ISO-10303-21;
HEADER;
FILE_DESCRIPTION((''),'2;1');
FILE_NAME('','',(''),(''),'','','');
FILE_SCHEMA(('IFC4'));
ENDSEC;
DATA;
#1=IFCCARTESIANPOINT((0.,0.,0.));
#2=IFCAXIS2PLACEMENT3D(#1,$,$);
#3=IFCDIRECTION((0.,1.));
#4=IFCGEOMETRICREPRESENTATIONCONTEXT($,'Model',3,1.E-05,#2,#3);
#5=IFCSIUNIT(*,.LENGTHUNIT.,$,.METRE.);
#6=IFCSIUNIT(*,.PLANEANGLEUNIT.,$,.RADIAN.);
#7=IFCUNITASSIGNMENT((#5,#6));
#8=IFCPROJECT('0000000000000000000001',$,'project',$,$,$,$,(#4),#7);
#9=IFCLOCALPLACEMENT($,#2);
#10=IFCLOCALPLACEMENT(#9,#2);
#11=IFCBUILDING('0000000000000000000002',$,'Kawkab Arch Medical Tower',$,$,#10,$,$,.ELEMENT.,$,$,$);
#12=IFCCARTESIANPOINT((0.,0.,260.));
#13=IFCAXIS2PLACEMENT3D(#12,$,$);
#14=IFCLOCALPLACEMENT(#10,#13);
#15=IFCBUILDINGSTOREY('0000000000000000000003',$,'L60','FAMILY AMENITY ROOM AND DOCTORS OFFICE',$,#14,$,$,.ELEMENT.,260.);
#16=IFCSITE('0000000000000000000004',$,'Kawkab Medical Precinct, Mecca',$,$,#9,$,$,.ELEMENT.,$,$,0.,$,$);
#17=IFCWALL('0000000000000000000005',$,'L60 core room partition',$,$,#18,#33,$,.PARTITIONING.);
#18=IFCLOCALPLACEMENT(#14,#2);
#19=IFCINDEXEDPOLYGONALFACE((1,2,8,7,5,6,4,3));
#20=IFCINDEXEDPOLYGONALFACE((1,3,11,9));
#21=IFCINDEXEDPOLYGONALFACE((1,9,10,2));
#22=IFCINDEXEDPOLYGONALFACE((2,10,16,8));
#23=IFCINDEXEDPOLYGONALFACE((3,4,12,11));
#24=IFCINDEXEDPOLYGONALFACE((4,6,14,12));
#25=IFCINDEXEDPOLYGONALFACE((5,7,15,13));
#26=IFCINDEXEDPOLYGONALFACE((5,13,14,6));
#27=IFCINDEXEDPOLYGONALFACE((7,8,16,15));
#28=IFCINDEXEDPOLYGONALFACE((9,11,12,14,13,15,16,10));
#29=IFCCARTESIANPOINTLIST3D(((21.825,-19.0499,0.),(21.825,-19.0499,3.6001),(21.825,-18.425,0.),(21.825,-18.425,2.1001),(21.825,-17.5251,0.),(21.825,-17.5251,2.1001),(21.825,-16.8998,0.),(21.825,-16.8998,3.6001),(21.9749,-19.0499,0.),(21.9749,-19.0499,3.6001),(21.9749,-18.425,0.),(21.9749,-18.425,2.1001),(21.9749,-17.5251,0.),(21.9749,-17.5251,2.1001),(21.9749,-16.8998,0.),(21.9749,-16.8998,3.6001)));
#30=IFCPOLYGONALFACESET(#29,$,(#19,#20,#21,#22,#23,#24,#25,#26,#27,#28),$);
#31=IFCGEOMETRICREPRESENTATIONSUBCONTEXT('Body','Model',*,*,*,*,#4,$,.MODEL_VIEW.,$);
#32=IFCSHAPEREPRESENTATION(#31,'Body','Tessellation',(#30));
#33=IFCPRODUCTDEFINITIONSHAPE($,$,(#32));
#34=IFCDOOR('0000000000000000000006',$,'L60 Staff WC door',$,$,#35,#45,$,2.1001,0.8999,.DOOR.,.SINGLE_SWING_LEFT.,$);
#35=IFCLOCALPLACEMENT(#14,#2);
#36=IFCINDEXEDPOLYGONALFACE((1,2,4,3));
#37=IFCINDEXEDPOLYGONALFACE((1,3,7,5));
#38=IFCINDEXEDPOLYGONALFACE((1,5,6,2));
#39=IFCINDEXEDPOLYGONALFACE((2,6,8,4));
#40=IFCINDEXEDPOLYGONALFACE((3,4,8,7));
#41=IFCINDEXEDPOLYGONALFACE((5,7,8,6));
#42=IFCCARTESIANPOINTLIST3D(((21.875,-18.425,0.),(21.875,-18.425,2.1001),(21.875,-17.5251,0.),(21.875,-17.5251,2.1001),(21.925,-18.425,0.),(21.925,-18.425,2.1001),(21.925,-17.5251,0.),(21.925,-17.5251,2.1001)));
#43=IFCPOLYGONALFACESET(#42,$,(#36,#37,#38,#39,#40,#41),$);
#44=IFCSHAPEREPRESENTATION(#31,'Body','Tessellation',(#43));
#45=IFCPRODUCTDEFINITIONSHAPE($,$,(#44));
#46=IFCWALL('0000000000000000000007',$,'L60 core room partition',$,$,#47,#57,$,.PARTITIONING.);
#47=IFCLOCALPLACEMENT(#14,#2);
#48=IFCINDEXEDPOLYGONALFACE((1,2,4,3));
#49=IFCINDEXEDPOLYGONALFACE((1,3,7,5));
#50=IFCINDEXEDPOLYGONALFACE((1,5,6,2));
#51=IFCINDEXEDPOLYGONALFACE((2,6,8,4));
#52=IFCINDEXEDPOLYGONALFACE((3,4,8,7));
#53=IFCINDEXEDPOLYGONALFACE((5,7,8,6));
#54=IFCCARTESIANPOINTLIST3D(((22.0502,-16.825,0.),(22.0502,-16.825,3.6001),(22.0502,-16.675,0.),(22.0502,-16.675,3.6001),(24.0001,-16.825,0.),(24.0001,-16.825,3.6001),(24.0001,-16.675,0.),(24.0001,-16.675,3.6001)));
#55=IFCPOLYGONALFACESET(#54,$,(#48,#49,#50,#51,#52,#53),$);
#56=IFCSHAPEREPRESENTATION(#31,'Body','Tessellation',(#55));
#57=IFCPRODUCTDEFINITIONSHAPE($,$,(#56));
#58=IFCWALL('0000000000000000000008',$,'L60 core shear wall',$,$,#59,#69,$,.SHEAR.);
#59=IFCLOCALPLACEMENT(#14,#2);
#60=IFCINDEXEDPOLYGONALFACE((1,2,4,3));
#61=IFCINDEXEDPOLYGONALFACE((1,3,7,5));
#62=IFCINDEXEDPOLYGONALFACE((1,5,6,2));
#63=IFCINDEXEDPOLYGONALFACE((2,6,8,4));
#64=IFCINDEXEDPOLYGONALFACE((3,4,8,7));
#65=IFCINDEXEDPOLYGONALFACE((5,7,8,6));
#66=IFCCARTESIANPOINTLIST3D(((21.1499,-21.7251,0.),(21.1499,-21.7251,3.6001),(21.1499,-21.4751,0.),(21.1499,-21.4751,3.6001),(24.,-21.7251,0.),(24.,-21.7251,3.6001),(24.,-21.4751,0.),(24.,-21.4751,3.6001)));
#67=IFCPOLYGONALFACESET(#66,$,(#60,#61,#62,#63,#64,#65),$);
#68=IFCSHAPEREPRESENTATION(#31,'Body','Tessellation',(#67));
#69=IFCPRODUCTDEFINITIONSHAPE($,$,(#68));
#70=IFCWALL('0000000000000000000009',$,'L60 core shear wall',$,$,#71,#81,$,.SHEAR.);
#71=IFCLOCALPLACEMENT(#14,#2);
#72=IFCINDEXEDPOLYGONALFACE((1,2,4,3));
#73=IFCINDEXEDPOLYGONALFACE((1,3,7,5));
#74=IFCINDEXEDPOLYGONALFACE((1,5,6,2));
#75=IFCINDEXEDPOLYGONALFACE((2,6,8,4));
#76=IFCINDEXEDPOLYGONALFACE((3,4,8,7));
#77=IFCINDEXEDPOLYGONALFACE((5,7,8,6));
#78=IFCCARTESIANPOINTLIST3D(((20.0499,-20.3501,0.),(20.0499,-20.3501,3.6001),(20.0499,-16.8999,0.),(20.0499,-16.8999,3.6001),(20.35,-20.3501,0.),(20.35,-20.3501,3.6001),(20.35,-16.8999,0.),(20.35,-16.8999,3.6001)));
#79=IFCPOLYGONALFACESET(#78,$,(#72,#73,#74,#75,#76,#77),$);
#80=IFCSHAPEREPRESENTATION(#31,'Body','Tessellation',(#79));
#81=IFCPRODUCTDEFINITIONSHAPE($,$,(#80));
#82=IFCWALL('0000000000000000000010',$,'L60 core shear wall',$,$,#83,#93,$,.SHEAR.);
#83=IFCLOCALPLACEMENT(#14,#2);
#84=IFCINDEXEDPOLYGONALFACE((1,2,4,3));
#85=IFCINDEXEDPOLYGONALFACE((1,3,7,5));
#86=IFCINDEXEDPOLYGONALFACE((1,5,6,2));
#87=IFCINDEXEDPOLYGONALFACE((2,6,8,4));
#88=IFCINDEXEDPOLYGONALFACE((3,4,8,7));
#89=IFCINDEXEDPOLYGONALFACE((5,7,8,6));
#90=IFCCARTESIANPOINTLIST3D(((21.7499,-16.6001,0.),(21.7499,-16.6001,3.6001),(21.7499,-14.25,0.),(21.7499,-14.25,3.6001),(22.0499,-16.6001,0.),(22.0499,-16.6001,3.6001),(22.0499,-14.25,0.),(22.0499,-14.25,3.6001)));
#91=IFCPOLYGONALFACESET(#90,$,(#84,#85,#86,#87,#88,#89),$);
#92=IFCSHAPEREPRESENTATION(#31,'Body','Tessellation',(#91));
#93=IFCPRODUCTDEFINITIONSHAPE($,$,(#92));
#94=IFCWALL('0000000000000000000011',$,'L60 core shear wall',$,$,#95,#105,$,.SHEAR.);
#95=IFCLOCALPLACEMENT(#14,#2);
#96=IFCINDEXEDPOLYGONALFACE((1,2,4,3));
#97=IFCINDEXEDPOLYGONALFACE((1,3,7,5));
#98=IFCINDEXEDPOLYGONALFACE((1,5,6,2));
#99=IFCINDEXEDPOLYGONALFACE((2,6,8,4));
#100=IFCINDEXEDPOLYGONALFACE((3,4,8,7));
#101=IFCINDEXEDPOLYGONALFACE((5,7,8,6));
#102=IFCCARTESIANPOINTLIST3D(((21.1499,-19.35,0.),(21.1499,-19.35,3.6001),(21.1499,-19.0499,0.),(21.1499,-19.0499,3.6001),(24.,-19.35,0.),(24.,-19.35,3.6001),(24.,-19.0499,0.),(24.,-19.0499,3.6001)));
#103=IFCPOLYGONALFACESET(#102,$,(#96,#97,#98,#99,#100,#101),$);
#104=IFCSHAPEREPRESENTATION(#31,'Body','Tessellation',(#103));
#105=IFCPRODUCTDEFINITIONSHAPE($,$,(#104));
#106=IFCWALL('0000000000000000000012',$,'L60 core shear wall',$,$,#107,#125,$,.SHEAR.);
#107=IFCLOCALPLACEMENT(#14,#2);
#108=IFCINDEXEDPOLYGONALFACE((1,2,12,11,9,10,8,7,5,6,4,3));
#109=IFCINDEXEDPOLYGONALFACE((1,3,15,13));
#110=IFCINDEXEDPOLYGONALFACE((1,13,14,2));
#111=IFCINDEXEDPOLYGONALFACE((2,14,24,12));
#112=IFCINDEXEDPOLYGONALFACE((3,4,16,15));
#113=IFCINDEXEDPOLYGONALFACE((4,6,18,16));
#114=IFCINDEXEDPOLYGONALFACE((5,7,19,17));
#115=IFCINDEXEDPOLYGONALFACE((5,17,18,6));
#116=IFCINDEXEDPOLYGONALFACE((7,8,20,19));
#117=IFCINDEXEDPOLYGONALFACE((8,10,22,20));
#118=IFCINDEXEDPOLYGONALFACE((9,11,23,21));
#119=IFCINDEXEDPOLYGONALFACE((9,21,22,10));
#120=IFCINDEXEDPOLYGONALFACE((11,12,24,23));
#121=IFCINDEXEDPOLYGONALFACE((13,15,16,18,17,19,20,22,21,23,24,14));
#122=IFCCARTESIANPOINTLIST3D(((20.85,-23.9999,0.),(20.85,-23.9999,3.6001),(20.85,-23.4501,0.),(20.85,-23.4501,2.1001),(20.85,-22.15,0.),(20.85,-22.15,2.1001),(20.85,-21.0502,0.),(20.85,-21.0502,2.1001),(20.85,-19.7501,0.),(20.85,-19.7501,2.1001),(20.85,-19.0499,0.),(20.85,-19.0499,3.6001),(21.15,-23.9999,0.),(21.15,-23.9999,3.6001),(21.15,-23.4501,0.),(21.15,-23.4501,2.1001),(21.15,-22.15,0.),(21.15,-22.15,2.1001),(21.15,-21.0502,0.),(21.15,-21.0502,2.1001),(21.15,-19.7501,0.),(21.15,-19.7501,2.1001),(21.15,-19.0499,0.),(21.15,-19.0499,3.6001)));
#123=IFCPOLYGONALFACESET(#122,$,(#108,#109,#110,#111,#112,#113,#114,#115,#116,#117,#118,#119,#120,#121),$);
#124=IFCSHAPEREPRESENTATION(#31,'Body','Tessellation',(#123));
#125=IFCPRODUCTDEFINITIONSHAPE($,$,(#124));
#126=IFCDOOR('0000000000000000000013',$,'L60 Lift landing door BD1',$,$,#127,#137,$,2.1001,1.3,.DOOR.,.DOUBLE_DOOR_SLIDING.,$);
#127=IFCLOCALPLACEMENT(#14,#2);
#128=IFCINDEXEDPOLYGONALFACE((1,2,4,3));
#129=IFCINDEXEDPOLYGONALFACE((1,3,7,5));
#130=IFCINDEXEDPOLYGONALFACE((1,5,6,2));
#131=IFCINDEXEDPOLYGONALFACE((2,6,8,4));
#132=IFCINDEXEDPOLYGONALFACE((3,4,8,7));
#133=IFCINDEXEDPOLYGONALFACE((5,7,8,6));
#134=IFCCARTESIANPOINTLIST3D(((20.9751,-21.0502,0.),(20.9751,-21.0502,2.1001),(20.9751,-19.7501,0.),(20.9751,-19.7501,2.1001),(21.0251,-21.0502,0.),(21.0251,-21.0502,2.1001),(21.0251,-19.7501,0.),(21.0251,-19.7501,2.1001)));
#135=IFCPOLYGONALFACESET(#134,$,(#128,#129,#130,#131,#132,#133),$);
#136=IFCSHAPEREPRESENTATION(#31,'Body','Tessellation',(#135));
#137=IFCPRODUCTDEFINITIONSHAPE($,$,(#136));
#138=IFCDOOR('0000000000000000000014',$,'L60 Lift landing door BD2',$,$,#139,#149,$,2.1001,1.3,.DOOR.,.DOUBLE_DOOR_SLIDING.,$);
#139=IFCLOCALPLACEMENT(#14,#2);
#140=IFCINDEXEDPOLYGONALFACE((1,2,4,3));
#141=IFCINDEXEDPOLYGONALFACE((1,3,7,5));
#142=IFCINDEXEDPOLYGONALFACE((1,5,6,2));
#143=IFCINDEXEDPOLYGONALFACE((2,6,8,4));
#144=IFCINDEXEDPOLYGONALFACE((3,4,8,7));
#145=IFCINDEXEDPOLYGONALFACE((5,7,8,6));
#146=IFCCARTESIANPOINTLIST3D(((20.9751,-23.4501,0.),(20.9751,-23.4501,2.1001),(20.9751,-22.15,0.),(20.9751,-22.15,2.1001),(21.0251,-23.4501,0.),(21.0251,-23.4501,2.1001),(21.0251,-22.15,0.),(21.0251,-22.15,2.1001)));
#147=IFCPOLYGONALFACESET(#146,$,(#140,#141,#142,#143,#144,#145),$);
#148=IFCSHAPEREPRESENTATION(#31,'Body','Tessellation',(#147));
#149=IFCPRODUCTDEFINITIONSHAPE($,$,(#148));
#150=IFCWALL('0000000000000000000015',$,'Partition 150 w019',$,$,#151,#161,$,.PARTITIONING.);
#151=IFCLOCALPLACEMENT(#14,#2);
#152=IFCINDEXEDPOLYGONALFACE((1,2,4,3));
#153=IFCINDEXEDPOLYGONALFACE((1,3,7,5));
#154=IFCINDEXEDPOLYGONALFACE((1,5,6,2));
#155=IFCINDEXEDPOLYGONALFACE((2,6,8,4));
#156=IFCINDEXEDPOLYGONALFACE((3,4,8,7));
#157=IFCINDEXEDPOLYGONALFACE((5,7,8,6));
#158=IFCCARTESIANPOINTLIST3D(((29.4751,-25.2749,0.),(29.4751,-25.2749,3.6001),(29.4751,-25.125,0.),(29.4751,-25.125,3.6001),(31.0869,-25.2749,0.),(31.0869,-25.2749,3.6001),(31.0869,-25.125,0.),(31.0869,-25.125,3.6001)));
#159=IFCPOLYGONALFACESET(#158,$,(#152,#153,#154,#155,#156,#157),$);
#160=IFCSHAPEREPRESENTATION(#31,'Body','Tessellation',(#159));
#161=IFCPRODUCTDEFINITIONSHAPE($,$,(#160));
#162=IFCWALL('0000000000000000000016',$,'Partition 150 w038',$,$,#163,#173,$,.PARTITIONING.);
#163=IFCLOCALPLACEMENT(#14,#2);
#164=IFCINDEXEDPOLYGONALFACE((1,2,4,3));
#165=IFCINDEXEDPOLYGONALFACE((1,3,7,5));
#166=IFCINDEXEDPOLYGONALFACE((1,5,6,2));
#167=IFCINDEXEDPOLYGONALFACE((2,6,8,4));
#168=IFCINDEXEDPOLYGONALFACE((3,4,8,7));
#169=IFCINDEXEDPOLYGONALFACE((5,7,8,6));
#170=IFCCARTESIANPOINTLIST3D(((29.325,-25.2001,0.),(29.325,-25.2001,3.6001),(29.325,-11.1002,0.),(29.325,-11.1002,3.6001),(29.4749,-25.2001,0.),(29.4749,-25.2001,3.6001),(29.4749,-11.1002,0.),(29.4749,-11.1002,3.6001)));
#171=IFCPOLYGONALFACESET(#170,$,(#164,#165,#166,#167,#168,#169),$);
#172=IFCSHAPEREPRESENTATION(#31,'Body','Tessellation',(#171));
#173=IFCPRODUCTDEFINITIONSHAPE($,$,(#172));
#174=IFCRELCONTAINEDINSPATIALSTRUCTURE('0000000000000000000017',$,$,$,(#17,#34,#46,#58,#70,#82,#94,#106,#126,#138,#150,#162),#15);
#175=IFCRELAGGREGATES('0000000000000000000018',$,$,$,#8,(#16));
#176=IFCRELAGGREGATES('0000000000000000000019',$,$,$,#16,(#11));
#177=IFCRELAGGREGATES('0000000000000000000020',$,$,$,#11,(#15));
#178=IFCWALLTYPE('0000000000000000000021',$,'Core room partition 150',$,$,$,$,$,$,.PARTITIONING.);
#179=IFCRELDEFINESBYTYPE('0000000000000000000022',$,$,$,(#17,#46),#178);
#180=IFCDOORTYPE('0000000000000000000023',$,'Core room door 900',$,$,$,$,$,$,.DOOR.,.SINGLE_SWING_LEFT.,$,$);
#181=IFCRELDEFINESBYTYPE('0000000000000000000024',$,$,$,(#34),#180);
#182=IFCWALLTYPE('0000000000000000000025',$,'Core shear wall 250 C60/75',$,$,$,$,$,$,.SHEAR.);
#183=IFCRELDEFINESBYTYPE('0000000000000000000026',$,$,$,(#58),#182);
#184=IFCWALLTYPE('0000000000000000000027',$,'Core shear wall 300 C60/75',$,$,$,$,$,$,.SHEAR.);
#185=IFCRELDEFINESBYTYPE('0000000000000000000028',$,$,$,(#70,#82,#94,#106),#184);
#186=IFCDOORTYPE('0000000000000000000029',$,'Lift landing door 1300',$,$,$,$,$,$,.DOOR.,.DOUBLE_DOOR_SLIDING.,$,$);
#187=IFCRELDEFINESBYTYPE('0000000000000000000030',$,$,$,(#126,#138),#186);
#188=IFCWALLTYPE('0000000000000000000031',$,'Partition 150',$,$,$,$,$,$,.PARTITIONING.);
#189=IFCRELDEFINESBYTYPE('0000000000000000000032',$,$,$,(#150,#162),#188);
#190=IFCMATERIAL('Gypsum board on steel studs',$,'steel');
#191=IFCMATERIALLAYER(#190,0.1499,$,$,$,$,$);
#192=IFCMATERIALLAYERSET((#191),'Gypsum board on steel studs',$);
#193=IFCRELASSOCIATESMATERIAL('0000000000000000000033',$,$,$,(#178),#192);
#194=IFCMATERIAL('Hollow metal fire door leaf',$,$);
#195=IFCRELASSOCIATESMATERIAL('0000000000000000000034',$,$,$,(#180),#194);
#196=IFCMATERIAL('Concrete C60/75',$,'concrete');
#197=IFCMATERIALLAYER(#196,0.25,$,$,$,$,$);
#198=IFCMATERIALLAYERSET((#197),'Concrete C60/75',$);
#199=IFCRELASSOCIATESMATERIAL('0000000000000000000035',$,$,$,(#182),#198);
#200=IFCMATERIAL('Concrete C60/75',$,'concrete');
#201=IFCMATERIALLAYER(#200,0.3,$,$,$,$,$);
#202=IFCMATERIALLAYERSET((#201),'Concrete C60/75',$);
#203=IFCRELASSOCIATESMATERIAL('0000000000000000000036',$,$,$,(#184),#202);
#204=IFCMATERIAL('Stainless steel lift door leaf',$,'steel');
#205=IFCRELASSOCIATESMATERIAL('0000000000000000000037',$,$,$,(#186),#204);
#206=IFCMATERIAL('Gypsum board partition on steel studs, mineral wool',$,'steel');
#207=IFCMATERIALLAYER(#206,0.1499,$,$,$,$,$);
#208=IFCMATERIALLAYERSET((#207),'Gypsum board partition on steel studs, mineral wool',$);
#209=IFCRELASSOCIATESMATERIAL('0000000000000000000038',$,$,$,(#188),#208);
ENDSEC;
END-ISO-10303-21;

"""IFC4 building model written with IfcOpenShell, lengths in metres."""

from ifc_helpers import new_model, si_unit, direction, frame, frame_2d, origin, place, context, subcontext, project, spatial, rectangle, extrude, material, layer, layer_set, type_object, element, fill, save


model = new_model("IFC4")

# Units and contexts
model_context = context("Model", 3, precision=1e-05, world=origin(), true_north=direction((0.0, 1.0)))
body_context = subcontext(model_context, "Body", "Model", "MODEL_VIEW")
ifc_project = project(units=[si_unit("LENGTHUNIT", "METRE"), si_unit("PLANEANGLEUNIT", "RADIAN")], contexts=[model_context])

# Site, building, storey
site_placement = place(None, origin())
site = spatial("IfcSite", under=ifc_project, at=site_placement, Name="Kawkab Medical Precinct, Mecca", CompositionType="ELEMENT", RefElevation=0.0)
building_placement = place(site_placement, origin())
building = spatial("IfcBuilding", under=site, at=building_placement, Name="Kawkab Arch Medical Tower", CompositionType="ELEMENT")
storey_placement = place(building_placement, frame((0.0, 0.0, 260.0)))
storey = spatial("IfcBuildingStorey", under=building, at=storey_placement, Name="L60", Description="FAMILY AMENITY ROOM AND DOCTORS OFFICE", CompositionType="ELEMENT", Elevation=260.0)

# Wall, opening, door
ifc_material_1 = material(Name="Gypsum board on steel studs", Category="steel")
ifc_layer_1 = layer(ifc_material_1, 0.1499)
ifc_layer_set_1 = layer_set([ifc_layer_1], Name="Gypsum board on steel studs")
wall_type_1 = type_object("IfcWallType", Name="Core room partition 150", PredefinedType="PARTITIONING", material=ifc_layer_set_1)
wall_1_placement = place(storey_placement, frame((21.8999, -19.05, 0.0), z_axis=(0.0, 0.0, 1.0), x_axis=(0.0, 1.0, 0.0)))
wall_1 = element("IfcWall", 1, at=wall_1_placement, inside=storey, type_object=wall_type_1, Name="L60 core room partition", PredefinedType="PARTITIONING", context=body_context, shape_type="SweptSolid", body=[
    extrude(rectangle(XDim=2.1501, YDim=0.1499, at=frame_2d((1.0752, 0.0))), origin(), (0.0, 0.0, 1.0), 3.6001),
])
opening_1_placement = place(wall_1_placement, frame((0.625, 0.0, 0.0)))
opening_1 = element("IfcOpeningElement", 2, at=opening_1_placement, cuts=wall_1, PredefinedType="OPENING", context=body_context, shape_type="SweptSolid", body=[
    extrude(rectangle(XDim=0.8999, YDim=2.1001, at=frame_2d((0.45, 1.05))), frame((0.0, 0.085, 0.0), z_axis=(0.0, -1.0, 0.0), x_axis=(1.0, 0.0, 0.0)), (0.0, 0.0, 1.0), 0.1699),
])
ifc_material_2 = material(Name="Hollow metal fire door leaf")
door_type_1 = type_object("IfcDoorType", Name="Core room door 900", OperationType="SINGLE_SWING_LEFT", PredefinedType="DOOR", material=ifc_material_2)
door_1_placement = place(opening_1_placement, origin())
door_1 = element("IfcDoor", 3, at=door_1_placement, inside=storey, type_object=door_type_1, Name="L60 Staff WC door", OperationType="SINGLE_SWING_LEFT", OverallHeight=2.1001, OverallWidth=0.8999, PredefinedType="DOOR", context=body_context, shape_type="SweptSolid", body=[
    extrude(rectangle(XDim=0.8999, YDim=2.1001, at=frame_2d((0.45, 1.05))), frame((0.0, 0.0249, 0.0), z_axis=(0.0, -1.0, 0.0), x_axis=(1.0, 0.0, 0.0)), (0.0, 0.0, 1.0), 0.05),
])
fill(opening_1, door_1)

# Walls
wall_2_placement = place(storey_placement, frame((22.05, -16.75, 0.0), z_axis=(0.0, 0.0, 1.0), x_axis=(1.0, 0.0, 0.0)))
element("IfcWall", 4, at=wall_2_placement, inside=storey, type_object=wall_type_1, Name="L60 core room partition", PredefinedType="PARTITIONING", context=body_context, shape_type="SweptSolid", body=[
    extrude(rectangle(XDim=1.95, YDim=0.1499, at=frame_2d((0.9751, 0.0))), origin(), (0.0, 0.0, 1.0), 3.6001),
])
ifc_material_3 = material(Name="Concrete C60/75", Category="concrete")
ifc_layer_2 = layer(ifc_material_3, 0.25)
ifc_layer_set_2 = layer_set([ifc_layer_2], Name="Concrete C60/75")
wall_type_2 = type_object("IfcWallType", Name="Core shear wall 250 C60/75", PredefinedType="SHEAR", material=ifc_layer_set_2)
wall_3_placement = place(storey_placement, frame((21.1499, -21.6001, 0.0), z_axis=(0.0, 0.0, 1.0), x_axis=(1.0, 0.0, 0.0)))
element("IfcWall", 5, at=wall_3_placement, inside=storey, type_object=wall_type_2, Name="L60 core shear wall", PredefinedType="SHEAR", context=body_context, shape_type="SweptSolid", body=[
    extrude(rectangle(XDim=2.8501, YDim=0.25, at=frame_2d((1.425, 0.0))), origin(), (0.0, 0.0, 1.0), 3.6001),
])
ifc_material_4 = material(Name="Concrete C60/75", Category="concrete")
ifc_layer_3 = layer(ifc_material_4, 0.3)
ifc_layer_set_3 = layer_set([ifc_layer_3], Name="Concrete C60/75")
wall_type_3 = type_object("IfcWallType", Name="Core shear wall 300 C60/75", PredefinedType="SHEAR", material=ifc_layer_set_3)
wall_4_placement = place(storey_placement, frame((20.2, -20.3501, 0.0), z_axis=(0.0, 0.0, 1.0), x_axis=(0.0, 1.0, 0.0)))
element("IfcWall", 6, at=wall_4_placement, inside=storey, type_object=wall_type_3, Name="L60 core shear wall", PredefinedType="SHEAR", context=body_context, shape_type="SweptSolid", body=[
    extrude(rectangle(XDim=3.4502, YDim=0.3, at=frame_2d((1.7251, 0.0))), origin(), (0.0, 0.0, 1.0), 3.6001),
])
wall_5_placement = place(storey_placement, frame((21.8999, -16.6001, 0.0), z_axis=(0.0, 0.0, 1.0), x_axis=(0.0, 1.0, 0.0)))
element("IfcWall", 7, at=wall_5_placement, inside=storey, type_object=wall_type_3, Name="L60 core shear wall", PredefinedType="SHEAR", context=body_context, shape_type="SweptSolid", body=[
    extrude(rectangle(XDim=2.3501, YDim=0.3, at=frame_2d((1.175, 0.0))), origin(), (0.0, 0.0, 1.0), 3.6001),
])
wall_6_placement = place(storey_placement, frame((21.1499, -19.2, 0.0), z_axis=(0.0, 0.0, 1.0), x_axis=(1.0, 0.0, 0.0)))
element("IfcWall", 8, at=wall_6_placement, inside=storey, type_object=wall_type_3, Name="L60 core shear wall", PredefinedType="SHEAR", context=body_context, shape_type="SweptSolid", body=[
    extrude(rectangle(XDim=2.8501, YDim=0.3, at=frame_2d((1.425, 0.0))), origin(), (0.0, 0.0, 1.0), 3.6001),
])

# Wall, openings, doors
wall_7_placement = place(storey_placement, frame((21.0, -24.0, 0.0), z_axis=(0.0, 0.0, 1.0), x_axis=(0.0, 1.0, 0.0)))
wall_7 = element("IfcWall", 9, at=wall_7_placement, inside=storey, type_object=wall_type_3, Name="L60 core shear wall", PredefinedType="SHEAR", context=body_context, shape_type="SweptSolid", body=[
    extrude(rectangle(XDim=4.95, YDim=0.3, at=frame_2d((2.4751, 0.0))), origin(), (0.0, 0.0, 1.0), 3.6001),
])
opening_2_placement = place(wall_7_placement, frame((2.95, 0.0, 0.0)))
opening_2 = element("IfcOpeningElement", 10, at=opening_2_placement, cuts=wall_7, PredefinedType="OPENING", context=body_context, shape_type="SweptSolid", body=[
    extrude(rectangle(XDim=1.3, YDim=2.1001, at=frame_2d((0.6499, 1.05))), frame((0.0, 0.1599, 0.0), z_axis=(0.0, -1.0, 0.0), x_axis=(1.0, 0.0, 0.0)), (0.0, 0.0, 1.0), 0.3201),
])
opening_3_placement = place(wall_7_placement, frame((0.55, 0.0, 0.0)))
opening_3 = element("IfcOpeningElement", 11, at=opening_3_placement, cuts=wall_7, PredefinedType="OPENING", context=body_context, shape_type="SweptSolid", body=[
    extrude(rectangle(XDim=1.3, YDim=2.1001, at=frame_2d((0.6499, 1.05))), frame((0.0, 0.1599, 0.0), z_axis=(0.0, -1.0, 0.0), x_axis=(1.0, 0.0, 0.0)), (0.0, 0.0, 1.0), 0.3201),
])
ifc_material_5 = material(Name="Stainless steel lift door leaf", Category="steel")
door_type_2 = type_object("IfcDoorType", Name="Lift landing door 1300", OperationType="DOUBLE_DOOR_SLIDING", PredefinedType="DOOR", material=ifc_material_5)
door_2_placement = place(opening_2_placement, origin())
door_2 = element("IfcDoor", 12, at=door_2_placement, inside=storey, type_object=door_type_2, Name="L60 Lift landing door BD1", OperationType="DOUBLE_DOOR_SLIDING", OverallHeight=2.1001, OverallWidth=1.3, PredefinedType="DOOR", context=body_context, shape_type="SweptSolid", body=[
    extrude(rectangle(XDim=1.3, YDim=2.1001, at=frame_2d((0.6499, 1.05))), frame((0.0, 0.0249, 0.0), z_axis=(0.0, -1.0, 0.0), x_axis=(1.0, 0.0, 0.0)), (0.0, 0.0, 1.0), 0.05),
])
fill(opening_2, door_2)
door_3_placement = place(opening_3_placement, origin())
door_3 = element("IfcDoor", 13, at=door_3_placement, inside=storey, type_object=door_type_2, Name="L60 Lift landing door BD2", OperationType="DOUBLE_DOOR_SLIDING", OverallHeight=2.1001, OverallWidth=1.3, PredefinedType="DOOR", context=body_context, shape_type="SweptSolid", body=[
    extrude(rectangle(XDim=1.3, YDim=2.1001, at=frame_2d((0.6499, 1.05))), frame((0.0, 0.0249, 0.0), z_axis=(0.0, -1.0, 0.0), x_axis=(1.0, 0.0, 0.0)), (0.0, 0.0, 1.0), 0.05),
])
fill(opening_3, door_3)

# Walls
ifc_material_6 = material(Name="Gypsum board partition on steel studs, mineral wool", Category="steel")
ifc_layer_4 = layer(ifc_material_6, 0.1499)
ifc_layer_set_4 = layer_set([ifc_layer_4], Name="Gypsum board partition on steel studs, mineral wool")
wall_type_4 = type_object("IfcWallType", Name="Partition 150", PredefinedType="PARTITIONING", material=ifc_layer_set_4)
wall_8_placement = place(storey_placement, frame((29.4751, -25.2, 0.0), z_axis=(0.0, 0.0, 1.0), x_axis=(1.0, 0.0, 0.0)))
element("IfcWall", 14, at=wall_8_placement, inside=storey, type_object=wall_type_4, Name="Partition 150 w019", PredefinedType="PARTITIONING", context=body_context, shape_type="SweptSolid", body=[
    extrude(rectangle(XDim=1.6118, YDim=0.1499, at=frame_2d((0.8059, 0.0))), origin(), (0.0, 0.0, 1.0), 3.6001),
])
wall_9_placement = place(storey_placement, frame((29.3999, -25.2, 0.0), z_axis=(0.0, 0.0, 1.0), x_axis=(0.0, 1.0, 0.0)))
element("IfcWall", 15, at=wall_9_placement, inside=storey, type_object=wall_type_4, Name="Partition 150 w038", PredefinedType="PARTITIONING", context=body_context, shape_type="SweptSolid", body=[
    extrude(rectangle(XDim=14.0999, YDim=0.1499, at=frame_2d((7.0498, 0.0))), origin(), (0.0, 0.0, 1.0), 3.6001),
])

save(model, "model.ifc")
